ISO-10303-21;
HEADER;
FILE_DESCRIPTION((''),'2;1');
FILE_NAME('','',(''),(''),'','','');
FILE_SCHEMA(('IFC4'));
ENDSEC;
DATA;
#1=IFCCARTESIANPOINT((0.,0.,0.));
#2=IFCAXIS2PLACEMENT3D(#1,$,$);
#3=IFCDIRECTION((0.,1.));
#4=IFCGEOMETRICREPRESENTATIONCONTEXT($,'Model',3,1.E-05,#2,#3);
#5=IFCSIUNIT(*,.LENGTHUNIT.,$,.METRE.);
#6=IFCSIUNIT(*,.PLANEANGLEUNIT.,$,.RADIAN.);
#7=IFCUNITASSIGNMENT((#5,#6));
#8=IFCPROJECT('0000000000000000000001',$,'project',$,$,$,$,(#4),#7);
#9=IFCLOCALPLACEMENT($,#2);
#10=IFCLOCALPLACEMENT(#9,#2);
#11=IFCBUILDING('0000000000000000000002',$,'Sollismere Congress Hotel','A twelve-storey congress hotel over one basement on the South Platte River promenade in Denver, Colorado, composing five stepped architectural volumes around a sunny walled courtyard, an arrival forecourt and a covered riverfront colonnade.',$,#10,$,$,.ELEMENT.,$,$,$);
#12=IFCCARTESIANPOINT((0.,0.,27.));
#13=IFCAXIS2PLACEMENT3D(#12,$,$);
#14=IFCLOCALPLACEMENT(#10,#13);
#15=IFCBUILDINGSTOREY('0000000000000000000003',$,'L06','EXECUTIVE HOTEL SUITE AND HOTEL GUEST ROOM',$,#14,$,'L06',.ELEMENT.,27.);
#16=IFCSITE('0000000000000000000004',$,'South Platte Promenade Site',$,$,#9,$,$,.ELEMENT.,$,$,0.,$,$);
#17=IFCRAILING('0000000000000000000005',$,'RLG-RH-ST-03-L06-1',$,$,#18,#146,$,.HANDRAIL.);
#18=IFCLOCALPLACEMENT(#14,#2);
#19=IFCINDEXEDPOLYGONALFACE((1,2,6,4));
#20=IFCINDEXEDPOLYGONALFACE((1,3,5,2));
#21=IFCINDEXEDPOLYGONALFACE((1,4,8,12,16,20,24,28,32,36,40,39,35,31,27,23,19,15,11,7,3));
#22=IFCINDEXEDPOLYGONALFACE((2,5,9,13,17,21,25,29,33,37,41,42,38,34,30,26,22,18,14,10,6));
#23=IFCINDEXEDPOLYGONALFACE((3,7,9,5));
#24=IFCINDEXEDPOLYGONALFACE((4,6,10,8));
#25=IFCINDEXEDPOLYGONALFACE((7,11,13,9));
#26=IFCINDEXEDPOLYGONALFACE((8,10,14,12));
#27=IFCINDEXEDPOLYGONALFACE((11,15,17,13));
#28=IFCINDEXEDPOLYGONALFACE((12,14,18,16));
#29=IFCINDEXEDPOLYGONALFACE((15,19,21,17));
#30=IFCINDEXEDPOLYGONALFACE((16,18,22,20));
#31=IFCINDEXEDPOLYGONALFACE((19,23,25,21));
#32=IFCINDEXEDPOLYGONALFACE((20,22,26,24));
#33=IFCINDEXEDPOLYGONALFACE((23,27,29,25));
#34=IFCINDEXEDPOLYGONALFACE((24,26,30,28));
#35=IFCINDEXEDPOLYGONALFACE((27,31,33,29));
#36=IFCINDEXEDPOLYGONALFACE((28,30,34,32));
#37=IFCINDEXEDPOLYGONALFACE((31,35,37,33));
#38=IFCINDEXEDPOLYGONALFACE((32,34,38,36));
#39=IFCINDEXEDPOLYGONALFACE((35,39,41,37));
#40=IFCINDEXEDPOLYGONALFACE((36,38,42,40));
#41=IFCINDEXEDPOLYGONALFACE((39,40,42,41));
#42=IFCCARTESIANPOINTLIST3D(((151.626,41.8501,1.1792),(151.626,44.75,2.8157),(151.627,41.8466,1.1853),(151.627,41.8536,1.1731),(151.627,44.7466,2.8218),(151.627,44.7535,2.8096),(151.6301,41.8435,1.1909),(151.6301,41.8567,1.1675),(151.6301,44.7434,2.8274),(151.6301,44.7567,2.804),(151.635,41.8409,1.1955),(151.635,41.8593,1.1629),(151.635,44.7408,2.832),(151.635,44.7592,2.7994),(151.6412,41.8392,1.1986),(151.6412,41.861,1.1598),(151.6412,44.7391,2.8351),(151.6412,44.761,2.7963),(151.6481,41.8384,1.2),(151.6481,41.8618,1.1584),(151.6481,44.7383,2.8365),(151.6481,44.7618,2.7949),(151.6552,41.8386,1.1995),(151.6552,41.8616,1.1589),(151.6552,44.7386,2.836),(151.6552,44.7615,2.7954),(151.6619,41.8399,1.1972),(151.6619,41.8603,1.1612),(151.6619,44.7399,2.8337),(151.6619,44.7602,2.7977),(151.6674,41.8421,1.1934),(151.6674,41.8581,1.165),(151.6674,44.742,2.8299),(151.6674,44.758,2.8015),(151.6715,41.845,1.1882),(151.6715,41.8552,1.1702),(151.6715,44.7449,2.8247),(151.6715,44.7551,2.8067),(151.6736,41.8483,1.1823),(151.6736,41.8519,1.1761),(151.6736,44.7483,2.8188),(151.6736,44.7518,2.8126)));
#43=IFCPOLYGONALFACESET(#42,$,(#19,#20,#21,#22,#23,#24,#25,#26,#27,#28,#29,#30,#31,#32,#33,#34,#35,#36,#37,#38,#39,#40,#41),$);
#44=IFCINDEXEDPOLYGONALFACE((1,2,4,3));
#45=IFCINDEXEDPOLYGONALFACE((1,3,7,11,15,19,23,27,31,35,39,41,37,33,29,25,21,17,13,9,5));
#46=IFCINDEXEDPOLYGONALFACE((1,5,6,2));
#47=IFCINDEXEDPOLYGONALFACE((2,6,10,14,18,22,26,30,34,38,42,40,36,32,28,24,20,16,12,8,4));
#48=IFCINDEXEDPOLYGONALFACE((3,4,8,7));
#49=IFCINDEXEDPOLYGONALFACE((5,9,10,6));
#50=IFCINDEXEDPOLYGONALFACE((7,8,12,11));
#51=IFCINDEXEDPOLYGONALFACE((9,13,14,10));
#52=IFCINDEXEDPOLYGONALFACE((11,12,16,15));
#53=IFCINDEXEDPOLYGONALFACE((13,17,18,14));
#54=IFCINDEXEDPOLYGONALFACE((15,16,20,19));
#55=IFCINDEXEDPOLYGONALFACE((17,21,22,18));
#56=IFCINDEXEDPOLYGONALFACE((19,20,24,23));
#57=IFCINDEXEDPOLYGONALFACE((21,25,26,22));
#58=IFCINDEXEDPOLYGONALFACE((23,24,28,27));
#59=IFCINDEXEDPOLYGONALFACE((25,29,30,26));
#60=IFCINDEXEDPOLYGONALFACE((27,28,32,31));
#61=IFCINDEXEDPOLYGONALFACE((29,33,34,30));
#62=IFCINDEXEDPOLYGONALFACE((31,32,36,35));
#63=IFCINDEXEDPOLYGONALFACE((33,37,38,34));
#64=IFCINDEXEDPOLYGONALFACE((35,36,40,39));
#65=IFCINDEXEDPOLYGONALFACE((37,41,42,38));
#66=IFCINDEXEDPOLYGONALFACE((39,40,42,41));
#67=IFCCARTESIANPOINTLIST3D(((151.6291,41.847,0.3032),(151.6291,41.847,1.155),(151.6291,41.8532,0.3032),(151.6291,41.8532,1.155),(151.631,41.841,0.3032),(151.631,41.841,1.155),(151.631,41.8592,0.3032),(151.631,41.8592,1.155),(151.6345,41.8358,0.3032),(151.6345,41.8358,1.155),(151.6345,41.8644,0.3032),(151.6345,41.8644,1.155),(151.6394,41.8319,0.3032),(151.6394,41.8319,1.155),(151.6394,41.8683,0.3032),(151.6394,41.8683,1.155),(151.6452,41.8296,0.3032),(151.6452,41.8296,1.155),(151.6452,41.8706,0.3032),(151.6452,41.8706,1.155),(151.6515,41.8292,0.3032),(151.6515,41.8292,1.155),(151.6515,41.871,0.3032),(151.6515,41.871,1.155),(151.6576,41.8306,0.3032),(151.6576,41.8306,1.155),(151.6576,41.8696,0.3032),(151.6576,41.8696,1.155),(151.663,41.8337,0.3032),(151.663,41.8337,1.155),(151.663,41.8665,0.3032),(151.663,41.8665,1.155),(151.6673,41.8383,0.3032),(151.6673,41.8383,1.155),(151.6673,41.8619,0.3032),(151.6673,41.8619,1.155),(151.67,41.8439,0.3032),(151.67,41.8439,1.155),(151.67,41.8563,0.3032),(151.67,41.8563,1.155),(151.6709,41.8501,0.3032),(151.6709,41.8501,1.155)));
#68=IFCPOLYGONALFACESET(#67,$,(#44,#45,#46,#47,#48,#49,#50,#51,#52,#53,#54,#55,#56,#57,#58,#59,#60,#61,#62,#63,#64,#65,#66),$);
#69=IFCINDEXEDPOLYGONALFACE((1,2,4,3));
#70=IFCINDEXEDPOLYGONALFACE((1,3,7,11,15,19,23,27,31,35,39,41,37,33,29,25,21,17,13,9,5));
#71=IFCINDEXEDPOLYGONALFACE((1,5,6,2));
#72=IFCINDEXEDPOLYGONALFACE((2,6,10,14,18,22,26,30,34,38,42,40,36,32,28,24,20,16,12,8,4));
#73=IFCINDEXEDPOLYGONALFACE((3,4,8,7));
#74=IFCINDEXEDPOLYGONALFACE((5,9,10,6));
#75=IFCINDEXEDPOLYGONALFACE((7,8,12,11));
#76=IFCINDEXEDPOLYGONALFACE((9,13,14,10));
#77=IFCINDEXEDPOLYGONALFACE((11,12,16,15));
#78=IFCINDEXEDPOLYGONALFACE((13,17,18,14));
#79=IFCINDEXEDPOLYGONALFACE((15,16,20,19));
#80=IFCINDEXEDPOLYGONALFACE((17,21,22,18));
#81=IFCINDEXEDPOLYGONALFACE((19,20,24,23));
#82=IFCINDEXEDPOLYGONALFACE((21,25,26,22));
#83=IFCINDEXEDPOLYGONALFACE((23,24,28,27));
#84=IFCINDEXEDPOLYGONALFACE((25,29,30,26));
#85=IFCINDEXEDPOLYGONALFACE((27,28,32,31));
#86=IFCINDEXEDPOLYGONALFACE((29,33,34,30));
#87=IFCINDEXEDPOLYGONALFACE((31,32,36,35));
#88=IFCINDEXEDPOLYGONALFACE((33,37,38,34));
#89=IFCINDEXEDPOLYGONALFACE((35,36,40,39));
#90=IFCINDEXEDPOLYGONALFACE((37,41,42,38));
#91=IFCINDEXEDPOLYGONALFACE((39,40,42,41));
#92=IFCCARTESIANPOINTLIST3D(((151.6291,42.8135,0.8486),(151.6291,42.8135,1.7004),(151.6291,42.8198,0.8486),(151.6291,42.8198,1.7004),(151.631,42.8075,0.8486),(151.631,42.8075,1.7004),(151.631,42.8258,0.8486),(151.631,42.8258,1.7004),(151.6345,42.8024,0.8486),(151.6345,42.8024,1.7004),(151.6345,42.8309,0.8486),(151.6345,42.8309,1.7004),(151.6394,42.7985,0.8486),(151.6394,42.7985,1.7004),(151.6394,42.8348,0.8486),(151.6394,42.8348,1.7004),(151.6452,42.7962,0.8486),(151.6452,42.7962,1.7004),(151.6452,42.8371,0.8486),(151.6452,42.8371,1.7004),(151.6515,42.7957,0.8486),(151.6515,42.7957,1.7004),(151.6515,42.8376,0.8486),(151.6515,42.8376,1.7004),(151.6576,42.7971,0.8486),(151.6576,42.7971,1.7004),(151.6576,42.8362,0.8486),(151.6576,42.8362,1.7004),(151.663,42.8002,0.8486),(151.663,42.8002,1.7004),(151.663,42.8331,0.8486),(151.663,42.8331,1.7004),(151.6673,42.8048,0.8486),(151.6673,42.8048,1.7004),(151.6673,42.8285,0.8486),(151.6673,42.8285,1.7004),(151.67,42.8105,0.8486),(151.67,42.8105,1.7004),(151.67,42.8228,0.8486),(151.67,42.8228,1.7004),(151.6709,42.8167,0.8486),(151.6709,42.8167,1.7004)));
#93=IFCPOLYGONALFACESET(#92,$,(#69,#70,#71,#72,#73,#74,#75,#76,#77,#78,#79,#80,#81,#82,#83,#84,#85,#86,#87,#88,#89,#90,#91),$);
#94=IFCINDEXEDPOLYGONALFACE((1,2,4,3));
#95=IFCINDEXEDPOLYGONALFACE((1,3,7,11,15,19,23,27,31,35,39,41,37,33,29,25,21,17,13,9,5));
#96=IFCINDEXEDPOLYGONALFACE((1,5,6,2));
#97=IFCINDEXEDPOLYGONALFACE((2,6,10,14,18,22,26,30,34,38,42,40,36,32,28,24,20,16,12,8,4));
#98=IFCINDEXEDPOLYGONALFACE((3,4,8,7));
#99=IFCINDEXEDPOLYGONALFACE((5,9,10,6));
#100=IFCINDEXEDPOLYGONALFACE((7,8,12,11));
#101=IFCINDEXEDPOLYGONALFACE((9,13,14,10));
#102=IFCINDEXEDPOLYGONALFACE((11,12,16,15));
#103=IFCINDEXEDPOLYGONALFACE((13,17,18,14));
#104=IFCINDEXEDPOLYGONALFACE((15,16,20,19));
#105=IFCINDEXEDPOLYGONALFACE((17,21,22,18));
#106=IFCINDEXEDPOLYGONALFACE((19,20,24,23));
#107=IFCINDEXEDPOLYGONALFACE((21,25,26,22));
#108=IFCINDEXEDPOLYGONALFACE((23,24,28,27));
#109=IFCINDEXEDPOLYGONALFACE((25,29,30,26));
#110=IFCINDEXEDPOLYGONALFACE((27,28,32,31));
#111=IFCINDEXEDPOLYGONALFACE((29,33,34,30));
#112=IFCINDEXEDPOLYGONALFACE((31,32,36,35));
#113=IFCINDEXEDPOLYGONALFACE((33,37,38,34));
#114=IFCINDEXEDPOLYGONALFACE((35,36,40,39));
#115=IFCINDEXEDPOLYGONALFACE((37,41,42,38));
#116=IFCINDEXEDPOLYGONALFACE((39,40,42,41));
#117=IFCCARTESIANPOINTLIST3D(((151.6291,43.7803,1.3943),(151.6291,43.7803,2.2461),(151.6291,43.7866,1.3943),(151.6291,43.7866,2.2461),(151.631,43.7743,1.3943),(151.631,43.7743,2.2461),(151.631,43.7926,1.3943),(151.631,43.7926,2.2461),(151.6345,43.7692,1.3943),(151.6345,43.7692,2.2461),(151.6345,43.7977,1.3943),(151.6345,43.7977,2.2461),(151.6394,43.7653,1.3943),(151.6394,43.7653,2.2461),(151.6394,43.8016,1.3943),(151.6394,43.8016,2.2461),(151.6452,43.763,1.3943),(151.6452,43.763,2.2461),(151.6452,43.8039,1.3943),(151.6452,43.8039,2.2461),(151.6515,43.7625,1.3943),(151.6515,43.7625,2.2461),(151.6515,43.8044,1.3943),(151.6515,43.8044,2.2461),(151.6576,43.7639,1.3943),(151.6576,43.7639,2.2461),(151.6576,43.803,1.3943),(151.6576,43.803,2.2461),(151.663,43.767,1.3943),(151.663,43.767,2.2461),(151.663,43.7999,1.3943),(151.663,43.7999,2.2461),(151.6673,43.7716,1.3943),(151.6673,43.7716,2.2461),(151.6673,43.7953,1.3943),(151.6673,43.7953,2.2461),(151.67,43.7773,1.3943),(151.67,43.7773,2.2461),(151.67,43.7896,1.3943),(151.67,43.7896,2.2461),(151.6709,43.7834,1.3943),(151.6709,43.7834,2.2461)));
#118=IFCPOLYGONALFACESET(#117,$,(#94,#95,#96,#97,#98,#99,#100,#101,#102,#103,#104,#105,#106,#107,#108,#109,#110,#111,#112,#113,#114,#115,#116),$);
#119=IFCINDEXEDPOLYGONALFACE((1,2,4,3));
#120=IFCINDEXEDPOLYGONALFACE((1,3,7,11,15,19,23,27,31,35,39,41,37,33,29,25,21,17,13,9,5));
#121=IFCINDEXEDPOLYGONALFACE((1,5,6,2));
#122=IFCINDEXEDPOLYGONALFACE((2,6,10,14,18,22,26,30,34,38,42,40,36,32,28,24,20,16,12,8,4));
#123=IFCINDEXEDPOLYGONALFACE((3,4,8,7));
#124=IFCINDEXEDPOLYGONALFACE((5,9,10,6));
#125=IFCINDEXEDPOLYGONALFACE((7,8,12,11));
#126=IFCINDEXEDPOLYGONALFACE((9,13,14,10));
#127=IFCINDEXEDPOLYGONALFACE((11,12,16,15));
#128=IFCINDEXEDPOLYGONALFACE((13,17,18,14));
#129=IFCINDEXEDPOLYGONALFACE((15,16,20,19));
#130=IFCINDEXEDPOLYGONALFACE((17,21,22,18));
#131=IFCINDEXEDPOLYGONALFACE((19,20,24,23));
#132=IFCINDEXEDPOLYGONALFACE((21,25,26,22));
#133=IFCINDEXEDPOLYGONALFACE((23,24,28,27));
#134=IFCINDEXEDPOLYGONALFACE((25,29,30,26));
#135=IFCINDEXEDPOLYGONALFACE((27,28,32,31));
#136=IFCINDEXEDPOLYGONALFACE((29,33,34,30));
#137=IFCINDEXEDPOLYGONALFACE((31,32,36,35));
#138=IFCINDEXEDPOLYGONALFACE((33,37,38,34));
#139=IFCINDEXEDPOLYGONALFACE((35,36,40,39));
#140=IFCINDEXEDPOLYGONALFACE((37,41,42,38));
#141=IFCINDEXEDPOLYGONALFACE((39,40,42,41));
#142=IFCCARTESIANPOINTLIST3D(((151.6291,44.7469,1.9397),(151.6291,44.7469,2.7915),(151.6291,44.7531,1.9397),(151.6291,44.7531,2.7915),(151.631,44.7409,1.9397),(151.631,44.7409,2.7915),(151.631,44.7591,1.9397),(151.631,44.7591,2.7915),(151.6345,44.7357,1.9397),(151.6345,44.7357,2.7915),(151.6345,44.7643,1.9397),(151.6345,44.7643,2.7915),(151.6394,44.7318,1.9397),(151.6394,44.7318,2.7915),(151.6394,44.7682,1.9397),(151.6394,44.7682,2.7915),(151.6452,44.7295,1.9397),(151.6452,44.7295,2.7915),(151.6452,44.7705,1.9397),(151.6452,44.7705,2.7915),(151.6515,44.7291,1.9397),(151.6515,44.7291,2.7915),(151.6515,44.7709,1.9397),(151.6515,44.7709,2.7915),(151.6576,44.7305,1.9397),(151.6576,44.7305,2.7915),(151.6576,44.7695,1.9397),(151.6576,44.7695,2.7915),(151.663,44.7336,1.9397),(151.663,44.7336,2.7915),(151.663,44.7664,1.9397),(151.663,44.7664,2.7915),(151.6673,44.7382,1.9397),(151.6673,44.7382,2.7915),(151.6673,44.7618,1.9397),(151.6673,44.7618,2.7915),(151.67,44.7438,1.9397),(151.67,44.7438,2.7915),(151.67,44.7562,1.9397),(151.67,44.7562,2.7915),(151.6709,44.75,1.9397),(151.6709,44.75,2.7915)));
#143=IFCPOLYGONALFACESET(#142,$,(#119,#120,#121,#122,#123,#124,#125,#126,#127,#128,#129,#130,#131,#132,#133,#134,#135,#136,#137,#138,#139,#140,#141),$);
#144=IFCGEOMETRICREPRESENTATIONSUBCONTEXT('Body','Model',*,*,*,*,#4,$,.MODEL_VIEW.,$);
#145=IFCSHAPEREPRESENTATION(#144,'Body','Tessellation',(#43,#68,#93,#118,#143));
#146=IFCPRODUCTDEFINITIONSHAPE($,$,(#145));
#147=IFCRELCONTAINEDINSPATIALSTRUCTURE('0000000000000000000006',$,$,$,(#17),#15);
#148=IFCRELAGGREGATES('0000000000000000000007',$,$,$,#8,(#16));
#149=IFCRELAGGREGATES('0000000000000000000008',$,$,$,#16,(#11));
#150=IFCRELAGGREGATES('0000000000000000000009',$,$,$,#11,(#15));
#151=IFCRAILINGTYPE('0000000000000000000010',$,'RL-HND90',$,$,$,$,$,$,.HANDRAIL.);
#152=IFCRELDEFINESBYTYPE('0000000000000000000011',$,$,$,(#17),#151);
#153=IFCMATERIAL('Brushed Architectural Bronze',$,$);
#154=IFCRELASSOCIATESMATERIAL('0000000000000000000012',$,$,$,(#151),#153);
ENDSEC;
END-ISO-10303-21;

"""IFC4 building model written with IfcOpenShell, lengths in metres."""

from ifc_helpers import new_model, si_unit, direction, frame, origin, origin_2d, place, context, subcontext, project, spatial, circle, extrude, material, type_object, element, save


model = new_model("IFC4")

# Units and contexts
model_context = context("Model", 3, precision=1e-05, world=origin(), true_north=direction((0.0, 1.0)))
body_context = subcontext(model_context, "Body", "Model", "MODEL_VIEW")
ifc_project = project(units=[si_unit("LENGTHUNIT", "METRE"), si_unit("PLANEANGLEUNIT", "RADIAN")], contexts=[model_context])

# Site, building, storey
site_placement = place(None, origin())
site = spatial("IfcSite", under=ifc_project, at=site_placement, Name="South Platte Promenade Site", CompositionType="ELEMENT", RefElevation=0.0)
building_placement = place(site_placement, origin())
building = spatial("IfcBuilding", under=site, at=building_placement, Name="Sollismere Congress Hotel", Description="A twelve-storey congress hotel over one basement on the South Platte River promenade in Denver, Colorado, composing five stepped architectural volumes around a sunny walled courtyard, an arrival forecourt and a covered riverfront colonnade.", CompositionType="ELEMENT")
storey_placement = place(building_placement, frame((0.0, 0.0, 27.0)))
storey = spatial("IfcBuildingStorey", under=building, at=storey_placement, Name="L06", Description="EXECUTIVE HOTEL SUITE AND HOTEL GUEST ROOM", LongName="L06", CompositionType="ELEMENT", Elevation=27.0)

# Railing
ifc_material_1 = material(Name="Brushed Architectural Bronze")
railing_type_1 = type_object("IfcRailingType", Name="RL-HND90", PredefinedType="HANDRAIL", material=ifc_material_1)
railing_1_placement = place(storey_placement, frame((151.6499, 41.8501, 0.3032)))
element("IfcRailing", 1, at=railing_1_placement, inside=storey, type_object=railing_type_1, Name="RLG-RH-ST-03-L06-1", PredefinedType="HANDRAIL", context=body_context, shape_type="SweptSolid", body=[
    extrude(circle(Radius=0.0239, at=origin_2d()), frame((0.0, 0.0, 0.876), z_axis=(0.0, 0.870897, 0.491465), x_axis=(-1.0, 0.0, 0.0)), (0.0, 0.0, 1.0), 3.3298),
    extrude(circle(Radius=0.021, at=origin_2d()), origin(), (0.0, 0.0, 1.0), 0.8518),
    extrude(circle(Radius=0.021, at=origin_2d()), frame((0.0, 0.9666, 0.5454)), (0.0, 0.0, 1.0), 0.8518),
    extrude(circle(Radius=0.021, at=origin_2d()), frame((0.0, 1.9333, 1.0911)), (0.0, 0.0, 1.0), 0.8518),
    extrude(circle(Radius=0.021, at=origin_2d()), frame((0.0, 2.8999, 1.6365)), (0.0, 0.0, 1.0), 0.8518),
])

save(model, "model.ifc")
